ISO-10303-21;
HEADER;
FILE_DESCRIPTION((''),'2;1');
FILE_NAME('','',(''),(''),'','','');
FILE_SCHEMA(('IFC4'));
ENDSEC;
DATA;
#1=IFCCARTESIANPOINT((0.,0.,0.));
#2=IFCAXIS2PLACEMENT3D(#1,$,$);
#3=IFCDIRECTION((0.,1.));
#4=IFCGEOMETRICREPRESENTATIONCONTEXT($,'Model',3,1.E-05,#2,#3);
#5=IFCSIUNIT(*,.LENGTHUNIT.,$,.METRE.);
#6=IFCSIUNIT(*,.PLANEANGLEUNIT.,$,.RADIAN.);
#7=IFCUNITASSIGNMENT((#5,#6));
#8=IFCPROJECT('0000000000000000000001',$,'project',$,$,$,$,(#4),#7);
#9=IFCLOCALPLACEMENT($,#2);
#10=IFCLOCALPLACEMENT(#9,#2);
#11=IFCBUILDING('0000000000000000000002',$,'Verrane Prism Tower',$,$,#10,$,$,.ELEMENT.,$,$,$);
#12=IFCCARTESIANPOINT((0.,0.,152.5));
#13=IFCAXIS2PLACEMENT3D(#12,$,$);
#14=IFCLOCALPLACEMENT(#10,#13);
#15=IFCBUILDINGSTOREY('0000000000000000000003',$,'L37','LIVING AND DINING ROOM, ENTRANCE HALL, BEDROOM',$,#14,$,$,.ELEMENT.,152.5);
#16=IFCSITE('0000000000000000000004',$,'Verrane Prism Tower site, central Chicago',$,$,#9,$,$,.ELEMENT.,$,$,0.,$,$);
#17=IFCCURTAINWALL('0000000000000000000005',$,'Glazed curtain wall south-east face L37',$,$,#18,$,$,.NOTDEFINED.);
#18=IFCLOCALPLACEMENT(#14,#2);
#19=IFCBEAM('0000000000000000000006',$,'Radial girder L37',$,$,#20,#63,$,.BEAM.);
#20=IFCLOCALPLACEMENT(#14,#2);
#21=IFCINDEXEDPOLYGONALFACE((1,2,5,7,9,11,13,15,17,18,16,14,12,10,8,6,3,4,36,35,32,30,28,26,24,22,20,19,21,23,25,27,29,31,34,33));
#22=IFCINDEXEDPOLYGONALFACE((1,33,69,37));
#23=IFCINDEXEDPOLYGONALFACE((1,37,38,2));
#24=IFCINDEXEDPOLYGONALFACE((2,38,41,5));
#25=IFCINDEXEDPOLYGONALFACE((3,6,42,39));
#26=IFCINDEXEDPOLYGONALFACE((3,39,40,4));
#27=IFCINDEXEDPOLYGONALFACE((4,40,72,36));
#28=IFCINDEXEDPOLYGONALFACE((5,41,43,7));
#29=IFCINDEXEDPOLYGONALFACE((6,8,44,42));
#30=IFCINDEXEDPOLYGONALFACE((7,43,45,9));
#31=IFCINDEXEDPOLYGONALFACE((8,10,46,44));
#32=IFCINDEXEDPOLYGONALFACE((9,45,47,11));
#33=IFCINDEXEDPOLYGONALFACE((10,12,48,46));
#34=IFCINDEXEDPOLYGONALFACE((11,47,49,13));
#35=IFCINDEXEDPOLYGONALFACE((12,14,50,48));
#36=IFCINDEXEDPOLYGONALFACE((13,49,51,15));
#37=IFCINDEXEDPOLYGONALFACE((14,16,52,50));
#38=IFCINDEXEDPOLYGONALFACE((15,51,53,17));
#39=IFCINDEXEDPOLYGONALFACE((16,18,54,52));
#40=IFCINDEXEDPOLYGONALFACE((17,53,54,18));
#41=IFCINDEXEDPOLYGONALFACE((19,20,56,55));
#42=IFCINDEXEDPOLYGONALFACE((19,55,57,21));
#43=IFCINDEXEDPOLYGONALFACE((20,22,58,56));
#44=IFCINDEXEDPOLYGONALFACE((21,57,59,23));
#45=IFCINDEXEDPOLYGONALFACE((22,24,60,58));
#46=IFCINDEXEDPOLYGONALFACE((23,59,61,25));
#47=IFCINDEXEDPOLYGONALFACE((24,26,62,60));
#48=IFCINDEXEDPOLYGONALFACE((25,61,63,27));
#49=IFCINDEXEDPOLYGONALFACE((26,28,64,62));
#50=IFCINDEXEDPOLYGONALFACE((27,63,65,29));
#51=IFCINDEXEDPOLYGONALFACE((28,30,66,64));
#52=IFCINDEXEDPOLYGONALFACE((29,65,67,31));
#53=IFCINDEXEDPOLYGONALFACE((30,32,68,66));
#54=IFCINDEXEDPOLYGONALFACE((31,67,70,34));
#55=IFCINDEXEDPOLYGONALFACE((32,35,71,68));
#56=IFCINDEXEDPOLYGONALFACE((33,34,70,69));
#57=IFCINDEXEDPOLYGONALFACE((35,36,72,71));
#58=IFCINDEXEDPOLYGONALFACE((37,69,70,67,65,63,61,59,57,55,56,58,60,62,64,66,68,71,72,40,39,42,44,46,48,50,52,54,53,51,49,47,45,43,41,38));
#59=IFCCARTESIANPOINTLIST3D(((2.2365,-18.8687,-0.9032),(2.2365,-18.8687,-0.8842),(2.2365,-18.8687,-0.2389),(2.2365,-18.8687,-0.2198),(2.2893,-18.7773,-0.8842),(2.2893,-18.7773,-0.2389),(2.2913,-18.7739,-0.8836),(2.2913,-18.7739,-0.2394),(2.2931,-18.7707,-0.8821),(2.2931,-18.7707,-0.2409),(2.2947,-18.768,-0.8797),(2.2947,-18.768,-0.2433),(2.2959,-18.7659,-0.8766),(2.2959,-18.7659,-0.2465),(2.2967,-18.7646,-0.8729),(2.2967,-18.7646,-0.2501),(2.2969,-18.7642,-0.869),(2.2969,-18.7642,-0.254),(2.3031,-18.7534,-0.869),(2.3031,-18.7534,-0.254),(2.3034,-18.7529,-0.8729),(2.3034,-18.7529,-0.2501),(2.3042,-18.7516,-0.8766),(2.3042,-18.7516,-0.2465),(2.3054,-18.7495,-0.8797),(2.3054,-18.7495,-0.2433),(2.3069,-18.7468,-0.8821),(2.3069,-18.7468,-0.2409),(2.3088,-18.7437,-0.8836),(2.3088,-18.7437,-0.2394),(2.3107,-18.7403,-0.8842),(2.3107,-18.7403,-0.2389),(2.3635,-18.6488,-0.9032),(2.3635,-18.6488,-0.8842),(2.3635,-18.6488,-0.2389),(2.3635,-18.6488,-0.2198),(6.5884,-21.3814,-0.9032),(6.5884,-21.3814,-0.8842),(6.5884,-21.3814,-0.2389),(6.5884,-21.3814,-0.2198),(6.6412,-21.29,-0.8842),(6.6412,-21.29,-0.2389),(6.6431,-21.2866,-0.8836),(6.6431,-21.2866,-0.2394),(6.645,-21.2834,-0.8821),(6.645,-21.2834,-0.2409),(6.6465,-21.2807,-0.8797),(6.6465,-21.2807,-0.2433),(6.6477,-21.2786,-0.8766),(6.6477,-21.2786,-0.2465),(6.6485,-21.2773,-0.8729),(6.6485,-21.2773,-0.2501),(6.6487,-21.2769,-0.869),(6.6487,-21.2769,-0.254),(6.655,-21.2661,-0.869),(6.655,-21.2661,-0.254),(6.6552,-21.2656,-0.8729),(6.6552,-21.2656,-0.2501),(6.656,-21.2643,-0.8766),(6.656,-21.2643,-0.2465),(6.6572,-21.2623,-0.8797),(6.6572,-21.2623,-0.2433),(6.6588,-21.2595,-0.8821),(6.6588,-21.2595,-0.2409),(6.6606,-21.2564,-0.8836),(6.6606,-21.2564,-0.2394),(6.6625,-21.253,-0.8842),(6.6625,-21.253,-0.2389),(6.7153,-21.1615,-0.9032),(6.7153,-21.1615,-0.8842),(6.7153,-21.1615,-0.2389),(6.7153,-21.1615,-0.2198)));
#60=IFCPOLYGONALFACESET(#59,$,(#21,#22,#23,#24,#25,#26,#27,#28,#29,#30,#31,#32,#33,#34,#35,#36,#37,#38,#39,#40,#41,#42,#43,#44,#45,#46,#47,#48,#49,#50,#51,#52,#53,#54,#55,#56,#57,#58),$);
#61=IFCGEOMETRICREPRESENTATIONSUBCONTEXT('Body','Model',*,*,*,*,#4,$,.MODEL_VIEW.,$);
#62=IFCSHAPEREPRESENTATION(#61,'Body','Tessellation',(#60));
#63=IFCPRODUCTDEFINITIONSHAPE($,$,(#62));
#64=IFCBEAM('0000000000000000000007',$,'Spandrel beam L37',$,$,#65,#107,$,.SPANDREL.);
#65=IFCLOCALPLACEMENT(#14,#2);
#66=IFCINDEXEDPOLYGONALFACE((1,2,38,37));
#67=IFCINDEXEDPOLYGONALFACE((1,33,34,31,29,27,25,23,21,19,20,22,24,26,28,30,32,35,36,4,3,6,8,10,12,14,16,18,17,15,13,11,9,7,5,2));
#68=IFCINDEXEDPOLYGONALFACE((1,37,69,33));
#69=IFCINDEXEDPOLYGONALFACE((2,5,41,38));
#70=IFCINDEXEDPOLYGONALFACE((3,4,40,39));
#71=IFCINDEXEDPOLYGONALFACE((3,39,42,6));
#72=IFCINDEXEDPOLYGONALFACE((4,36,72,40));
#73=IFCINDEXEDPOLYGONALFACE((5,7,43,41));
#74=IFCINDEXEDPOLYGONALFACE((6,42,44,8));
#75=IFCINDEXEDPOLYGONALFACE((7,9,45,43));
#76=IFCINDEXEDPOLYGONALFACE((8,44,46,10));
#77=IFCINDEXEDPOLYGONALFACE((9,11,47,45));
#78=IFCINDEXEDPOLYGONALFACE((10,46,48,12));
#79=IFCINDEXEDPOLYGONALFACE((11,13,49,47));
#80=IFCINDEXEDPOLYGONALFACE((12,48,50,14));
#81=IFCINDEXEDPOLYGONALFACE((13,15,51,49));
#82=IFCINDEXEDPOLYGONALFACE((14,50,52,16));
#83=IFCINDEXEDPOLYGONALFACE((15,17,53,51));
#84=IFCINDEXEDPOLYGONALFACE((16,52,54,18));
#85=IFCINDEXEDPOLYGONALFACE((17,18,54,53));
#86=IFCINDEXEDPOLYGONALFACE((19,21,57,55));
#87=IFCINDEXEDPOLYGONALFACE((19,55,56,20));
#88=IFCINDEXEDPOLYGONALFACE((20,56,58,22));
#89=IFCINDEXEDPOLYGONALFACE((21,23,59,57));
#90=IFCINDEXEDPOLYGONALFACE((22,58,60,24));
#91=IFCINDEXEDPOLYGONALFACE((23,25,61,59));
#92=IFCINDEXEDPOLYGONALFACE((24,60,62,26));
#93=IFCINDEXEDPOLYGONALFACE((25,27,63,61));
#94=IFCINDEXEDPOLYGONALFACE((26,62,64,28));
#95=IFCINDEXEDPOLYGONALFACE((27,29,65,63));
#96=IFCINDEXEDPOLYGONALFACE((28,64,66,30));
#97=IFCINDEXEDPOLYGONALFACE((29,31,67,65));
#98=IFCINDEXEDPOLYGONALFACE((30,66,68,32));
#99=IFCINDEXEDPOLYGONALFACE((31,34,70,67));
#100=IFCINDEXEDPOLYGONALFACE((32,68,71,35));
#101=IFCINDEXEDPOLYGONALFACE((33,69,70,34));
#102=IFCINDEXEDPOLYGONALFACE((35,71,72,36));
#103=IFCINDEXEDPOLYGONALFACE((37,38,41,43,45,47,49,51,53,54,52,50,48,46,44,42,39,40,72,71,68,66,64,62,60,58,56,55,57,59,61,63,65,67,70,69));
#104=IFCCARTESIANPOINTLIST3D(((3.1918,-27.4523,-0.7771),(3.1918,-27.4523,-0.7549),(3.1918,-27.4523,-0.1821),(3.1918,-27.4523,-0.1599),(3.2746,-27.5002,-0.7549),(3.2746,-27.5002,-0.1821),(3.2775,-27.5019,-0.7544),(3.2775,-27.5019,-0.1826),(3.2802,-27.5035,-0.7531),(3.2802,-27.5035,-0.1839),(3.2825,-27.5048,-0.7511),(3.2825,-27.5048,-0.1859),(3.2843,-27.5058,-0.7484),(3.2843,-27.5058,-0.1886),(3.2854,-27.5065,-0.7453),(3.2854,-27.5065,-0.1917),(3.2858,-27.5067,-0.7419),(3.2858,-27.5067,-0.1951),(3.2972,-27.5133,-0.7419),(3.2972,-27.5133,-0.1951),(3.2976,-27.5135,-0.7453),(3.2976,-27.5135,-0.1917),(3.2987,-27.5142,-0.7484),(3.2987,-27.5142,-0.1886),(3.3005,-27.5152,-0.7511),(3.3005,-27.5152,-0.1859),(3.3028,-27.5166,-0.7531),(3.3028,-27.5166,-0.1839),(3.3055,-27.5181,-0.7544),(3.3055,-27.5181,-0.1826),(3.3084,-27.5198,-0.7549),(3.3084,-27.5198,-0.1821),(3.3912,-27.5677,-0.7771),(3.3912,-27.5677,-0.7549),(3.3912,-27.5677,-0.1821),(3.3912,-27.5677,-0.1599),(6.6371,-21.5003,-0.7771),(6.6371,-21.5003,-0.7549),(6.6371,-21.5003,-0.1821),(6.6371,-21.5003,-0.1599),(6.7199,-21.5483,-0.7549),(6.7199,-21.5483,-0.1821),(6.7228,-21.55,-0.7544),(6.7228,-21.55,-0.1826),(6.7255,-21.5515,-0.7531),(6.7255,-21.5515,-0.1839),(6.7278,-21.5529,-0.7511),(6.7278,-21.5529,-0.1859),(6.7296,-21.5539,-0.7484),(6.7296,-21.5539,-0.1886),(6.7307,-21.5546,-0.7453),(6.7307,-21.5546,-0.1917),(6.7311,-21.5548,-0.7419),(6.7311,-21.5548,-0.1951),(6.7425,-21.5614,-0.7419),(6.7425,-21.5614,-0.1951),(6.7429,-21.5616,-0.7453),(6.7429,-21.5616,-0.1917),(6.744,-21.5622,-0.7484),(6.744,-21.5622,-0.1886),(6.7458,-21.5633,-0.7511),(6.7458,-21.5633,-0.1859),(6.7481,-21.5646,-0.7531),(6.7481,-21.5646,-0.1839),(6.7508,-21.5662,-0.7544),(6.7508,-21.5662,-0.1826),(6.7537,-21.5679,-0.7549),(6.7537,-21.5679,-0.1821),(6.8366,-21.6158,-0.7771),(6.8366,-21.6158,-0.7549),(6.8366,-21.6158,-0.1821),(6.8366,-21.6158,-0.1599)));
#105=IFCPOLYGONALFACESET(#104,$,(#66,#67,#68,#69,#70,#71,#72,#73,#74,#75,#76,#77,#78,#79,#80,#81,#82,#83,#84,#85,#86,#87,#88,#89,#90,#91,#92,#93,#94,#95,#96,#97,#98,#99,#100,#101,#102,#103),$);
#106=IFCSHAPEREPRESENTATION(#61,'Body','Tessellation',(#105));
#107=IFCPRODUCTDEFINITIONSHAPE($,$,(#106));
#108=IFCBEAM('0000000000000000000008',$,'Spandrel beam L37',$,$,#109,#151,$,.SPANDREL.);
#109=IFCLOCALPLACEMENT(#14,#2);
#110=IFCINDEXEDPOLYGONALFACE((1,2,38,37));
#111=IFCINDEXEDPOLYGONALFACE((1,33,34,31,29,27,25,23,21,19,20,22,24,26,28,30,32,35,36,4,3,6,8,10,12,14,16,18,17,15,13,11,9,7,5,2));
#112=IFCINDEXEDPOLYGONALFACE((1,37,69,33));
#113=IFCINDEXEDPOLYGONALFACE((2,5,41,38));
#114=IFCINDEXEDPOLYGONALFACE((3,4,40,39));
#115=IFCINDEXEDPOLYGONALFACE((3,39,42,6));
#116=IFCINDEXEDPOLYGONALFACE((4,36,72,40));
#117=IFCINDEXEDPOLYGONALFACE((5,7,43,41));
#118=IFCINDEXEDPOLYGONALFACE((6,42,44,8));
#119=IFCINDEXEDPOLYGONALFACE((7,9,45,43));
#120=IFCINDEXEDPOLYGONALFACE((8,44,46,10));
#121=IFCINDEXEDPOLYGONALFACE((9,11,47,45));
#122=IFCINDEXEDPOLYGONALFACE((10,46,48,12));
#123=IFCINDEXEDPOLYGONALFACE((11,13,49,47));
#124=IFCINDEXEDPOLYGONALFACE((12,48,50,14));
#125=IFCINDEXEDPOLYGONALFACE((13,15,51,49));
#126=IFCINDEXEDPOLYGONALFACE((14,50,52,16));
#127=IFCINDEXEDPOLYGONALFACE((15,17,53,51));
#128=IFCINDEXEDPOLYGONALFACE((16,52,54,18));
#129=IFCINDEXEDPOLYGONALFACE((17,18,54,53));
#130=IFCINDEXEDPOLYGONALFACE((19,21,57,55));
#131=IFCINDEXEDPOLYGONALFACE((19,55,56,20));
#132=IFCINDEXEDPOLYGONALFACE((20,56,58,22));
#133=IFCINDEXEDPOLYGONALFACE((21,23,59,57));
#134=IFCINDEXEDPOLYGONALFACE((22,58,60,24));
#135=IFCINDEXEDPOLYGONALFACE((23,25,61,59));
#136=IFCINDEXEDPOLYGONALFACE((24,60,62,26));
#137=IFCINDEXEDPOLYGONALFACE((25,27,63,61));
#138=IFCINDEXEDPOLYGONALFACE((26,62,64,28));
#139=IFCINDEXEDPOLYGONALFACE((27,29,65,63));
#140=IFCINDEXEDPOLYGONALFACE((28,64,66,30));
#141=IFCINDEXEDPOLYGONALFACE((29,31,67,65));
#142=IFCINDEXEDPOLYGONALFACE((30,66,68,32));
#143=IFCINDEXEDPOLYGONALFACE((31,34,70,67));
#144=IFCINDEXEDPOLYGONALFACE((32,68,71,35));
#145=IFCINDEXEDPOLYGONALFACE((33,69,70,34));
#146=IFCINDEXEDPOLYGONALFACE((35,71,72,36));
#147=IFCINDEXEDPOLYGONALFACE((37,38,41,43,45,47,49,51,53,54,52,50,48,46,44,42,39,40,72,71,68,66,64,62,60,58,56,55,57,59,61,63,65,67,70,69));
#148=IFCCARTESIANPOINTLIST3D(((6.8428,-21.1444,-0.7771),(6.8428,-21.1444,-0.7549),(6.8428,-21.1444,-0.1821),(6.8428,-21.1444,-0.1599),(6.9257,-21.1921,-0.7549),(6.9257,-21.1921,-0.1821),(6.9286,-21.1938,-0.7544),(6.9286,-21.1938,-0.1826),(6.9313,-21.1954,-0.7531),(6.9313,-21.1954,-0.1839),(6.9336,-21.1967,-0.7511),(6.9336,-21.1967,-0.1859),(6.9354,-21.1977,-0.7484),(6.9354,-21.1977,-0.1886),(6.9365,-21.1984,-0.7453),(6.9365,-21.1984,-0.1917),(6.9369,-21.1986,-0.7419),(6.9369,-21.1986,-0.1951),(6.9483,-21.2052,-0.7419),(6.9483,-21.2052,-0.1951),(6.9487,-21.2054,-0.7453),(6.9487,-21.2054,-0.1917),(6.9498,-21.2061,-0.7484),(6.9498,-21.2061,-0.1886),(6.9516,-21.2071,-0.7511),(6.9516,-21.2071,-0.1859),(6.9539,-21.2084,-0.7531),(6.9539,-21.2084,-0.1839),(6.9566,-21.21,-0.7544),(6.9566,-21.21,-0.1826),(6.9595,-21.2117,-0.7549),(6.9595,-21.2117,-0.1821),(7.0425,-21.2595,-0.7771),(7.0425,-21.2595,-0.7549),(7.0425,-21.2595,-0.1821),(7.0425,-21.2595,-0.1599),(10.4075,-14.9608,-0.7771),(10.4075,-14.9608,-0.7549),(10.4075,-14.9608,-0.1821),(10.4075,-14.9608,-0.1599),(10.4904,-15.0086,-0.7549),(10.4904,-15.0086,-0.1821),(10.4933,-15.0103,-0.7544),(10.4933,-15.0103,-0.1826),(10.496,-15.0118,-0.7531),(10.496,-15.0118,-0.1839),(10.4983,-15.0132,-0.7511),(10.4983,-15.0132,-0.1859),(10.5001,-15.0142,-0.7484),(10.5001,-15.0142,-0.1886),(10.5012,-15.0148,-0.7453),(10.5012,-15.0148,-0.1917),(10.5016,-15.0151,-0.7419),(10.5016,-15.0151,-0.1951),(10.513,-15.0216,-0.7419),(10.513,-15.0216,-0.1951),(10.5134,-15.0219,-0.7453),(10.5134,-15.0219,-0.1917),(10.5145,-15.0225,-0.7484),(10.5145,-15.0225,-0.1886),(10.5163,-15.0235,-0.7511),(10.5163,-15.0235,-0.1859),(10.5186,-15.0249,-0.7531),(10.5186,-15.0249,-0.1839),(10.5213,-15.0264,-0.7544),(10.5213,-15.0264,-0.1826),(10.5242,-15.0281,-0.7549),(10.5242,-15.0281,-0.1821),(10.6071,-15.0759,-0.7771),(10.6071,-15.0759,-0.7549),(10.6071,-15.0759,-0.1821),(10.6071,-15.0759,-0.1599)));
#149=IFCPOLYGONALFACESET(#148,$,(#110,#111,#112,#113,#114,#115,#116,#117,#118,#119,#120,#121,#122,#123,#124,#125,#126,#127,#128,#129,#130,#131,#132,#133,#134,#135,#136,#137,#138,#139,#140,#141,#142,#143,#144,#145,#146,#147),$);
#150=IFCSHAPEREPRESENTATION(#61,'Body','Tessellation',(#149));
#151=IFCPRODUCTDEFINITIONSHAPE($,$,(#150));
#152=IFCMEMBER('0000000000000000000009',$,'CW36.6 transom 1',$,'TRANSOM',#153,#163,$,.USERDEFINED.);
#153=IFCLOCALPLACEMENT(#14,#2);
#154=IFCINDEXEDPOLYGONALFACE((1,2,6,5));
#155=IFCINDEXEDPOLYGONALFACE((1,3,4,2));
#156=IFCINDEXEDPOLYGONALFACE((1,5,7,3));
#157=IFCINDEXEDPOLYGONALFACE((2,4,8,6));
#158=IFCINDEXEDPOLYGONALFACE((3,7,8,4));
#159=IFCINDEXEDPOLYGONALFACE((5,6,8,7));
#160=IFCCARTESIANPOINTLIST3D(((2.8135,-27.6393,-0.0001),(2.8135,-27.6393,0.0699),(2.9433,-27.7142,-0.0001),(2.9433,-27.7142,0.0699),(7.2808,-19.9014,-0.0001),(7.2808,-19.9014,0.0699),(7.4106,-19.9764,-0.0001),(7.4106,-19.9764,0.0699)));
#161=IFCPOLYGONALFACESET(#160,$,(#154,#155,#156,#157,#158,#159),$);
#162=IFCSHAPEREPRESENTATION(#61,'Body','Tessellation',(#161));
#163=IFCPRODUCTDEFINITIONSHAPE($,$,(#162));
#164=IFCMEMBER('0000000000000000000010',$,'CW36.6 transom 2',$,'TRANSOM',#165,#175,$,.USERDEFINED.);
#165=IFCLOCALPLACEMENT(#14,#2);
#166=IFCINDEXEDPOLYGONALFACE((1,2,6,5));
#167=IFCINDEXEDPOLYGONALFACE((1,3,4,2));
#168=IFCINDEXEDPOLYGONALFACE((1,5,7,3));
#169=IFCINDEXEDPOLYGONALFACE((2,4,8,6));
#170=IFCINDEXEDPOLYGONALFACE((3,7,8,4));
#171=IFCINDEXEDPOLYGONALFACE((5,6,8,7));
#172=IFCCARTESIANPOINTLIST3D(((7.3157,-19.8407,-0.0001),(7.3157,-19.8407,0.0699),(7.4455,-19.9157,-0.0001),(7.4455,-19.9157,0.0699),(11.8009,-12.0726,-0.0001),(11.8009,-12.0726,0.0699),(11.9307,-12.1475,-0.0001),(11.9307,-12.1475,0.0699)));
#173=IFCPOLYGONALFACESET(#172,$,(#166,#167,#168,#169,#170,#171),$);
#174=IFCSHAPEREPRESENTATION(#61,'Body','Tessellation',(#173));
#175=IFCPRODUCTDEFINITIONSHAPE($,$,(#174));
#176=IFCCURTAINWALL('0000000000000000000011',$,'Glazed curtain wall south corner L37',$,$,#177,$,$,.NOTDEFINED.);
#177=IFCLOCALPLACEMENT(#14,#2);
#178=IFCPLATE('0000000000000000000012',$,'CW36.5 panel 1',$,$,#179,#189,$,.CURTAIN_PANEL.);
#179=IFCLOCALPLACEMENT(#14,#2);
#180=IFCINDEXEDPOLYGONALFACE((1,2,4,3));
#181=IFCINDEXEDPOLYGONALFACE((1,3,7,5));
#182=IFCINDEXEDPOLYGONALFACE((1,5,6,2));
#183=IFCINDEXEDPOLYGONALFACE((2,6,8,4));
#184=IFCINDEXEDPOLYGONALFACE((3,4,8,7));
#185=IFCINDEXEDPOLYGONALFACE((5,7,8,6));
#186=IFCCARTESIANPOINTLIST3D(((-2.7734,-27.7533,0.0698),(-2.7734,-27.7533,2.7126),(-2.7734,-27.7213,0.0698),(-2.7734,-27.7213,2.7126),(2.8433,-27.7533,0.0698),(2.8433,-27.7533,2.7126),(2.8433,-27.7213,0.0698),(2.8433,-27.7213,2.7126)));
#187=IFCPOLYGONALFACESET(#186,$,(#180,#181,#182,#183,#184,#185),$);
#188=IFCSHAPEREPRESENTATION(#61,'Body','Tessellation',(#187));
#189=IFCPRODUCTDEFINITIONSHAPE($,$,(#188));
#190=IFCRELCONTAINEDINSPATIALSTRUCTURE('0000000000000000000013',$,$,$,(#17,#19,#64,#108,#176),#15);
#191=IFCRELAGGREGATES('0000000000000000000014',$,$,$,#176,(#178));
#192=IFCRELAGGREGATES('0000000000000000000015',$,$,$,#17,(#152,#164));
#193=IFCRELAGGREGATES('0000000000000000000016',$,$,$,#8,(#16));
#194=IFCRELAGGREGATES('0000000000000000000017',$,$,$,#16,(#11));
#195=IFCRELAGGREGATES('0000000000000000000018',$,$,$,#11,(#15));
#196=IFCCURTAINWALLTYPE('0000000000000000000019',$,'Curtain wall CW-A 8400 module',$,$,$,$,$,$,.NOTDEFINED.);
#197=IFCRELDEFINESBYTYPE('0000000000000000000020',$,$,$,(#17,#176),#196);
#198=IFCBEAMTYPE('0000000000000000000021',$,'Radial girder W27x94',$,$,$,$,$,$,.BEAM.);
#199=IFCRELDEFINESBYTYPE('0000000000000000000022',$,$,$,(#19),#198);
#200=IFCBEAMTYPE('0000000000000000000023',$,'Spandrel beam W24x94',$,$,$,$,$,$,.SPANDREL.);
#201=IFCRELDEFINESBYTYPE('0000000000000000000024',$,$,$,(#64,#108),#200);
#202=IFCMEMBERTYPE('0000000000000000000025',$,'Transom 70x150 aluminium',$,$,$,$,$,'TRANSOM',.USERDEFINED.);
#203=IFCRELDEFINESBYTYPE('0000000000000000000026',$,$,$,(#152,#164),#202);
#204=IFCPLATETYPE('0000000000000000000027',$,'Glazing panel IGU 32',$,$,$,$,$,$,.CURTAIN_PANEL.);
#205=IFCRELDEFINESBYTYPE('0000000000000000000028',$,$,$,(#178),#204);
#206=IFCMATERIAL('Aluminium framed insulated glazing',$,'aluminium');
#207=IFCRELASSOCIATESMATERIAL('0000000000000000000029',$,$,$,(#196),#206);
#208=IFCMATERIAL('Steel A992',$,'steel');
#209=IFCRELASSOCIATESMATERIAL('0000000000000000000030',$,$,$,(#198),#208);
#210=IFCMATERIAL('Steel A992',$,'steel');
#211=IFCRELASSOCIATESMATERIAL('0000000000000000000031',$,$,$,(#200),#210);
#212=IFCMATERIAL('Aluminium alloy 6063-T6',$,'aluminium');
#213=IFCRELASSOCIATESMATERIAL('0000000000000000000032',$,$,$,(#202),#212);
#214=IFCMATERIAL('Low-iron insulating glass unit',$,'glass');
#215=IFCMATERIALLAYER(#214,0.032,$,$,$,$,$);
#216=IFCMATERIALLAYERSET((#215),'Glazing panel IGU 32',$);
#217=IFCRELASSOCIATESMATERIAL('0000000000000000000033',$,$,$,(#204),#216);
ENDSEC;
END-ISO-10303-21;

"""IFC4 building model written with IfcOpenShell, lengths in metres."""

from ifc_helpers import new_model, si_unit, direction, frame, origin, origin_2d, place, context, subcontext, project, spatial, rectangle, i_section, extrude, material, layer, layer_set, material_profile, profile_set, type_object, element, aggregate, save


model = new_model("IFC4")

# Units and contexts
model_context = context("Model", 3, precision=1e-05, world=origin(), true_north=direction((0.0, 1.0)))
body_context = subcontext(model_context, "Body", "Model", "MODEL_VIEW")
ifc_project = project(units=[si_unit("LENGTHUNIT", "METRE"), si_unit("PLANEANGLEUNIT", "RADIAN")], contexts=[model_context])

# Site, building, storey
site_placement = place(None, origin())
site = spatial("IfcSite", under=ifc_project, at=site_placement, Name="Verrane Prism Tower site, central Chicago", CompositionType="ELEMENT", RefElevation=0.0)
building_placement = place(site_placement, origin())
building = spatial("IfcBuilding", under=site, at=building_placement, Name="Verrane Prism Tower", CompositionType="ELEMENT")
storey_placement = place(building_placement, frame((0.0, 0.0, 152.5)))
storey = spatial("IfcBuildingStorey", under=building, at=storey_placement, Name="L37", Description="LIVING AND DINING ROOM, ENTRANCE HALL, BEDROOM", CompositionType="ELEMENT", Elevation=152.5)

# Curtain wall
ifc_material_1 = material(Name="Aluminium framed insulated glazing", Category="aluminium")
curtain_wall_type = type_object("IfcCurtainWallType", Name="Curtain wall CW-A 8400 module", PredefinedType="NOTDEFINED", material=ifc_material_1)
curtain_wall_1_placement = place(storey_placement, origin())
curtain_wall_1 = element("IfcCurtainWall", 1, at=curtain_wall_1_placement, inside=storey, type_object=curtain_wall_type, Name="Glazed curtain wall south-east face L37", PredefinedType="NOTDEFINED")

# Beams
ifc_material_2 = material(Name="Steel A992", Category="steel")
ifc_material_profile_1 = material_profile(ifc_material_2, i_section(OverallWidth=0.2539, OverallDepth=0.6833, WebThickness=0.0125, FlangeThickness=0.019, FilletRadius=0.0151, at=origin_2d()), Name="W27x94")
ifc_profile_set_1 = profile_set([ifc_material_profile_1], Name="Steel A992")
beam_type_1 = type_object("IfcBeamType", Name="Radial girder W27x94", PredefinedType="BEAM", material=ifc_profile_set_1)
beam_1_placement = place(storey_placement, frame((6.6519, -21.2715, -0.5615), z_axis=(-0.86601, 0.500027, 0.0), x_axis=(-0.500027, -0.86601, 0.0)))
element("IfcBeam", 2, at=beam_1_placement, inside=storey, type_object=beam_type_1, Name="Radial girder L37", PredefinedType="BEAM", context=body_context, shape_type="SweptSolid", body=[
    extrude(i_section(OverallWidth=0.2539, OverallDepth=0.6833, WebThickness=0.0125, FlangeThickness=0.019, FilletRadius=0.0151, at=origin_2d()), origin(), (0.0, 0.0, 1.0), 5.0251),
])
ifc_material_3 = material(Name="Steel A992", Category="steel")
ifc_material_profile_2 = material_profile(ifc_material_3, i_section(OverallWidth=0.2305, OverallDepth=0.6172, WebThickness=0.0132, FlangeThickness=0.0222, FilletRadius=0.0129, at=origin_2d()), Name="W24x94")
ifc_profile_set_2 = profile_set([ifc_material_profile_2], Name="Steel A992")
beam_type_2 = type_object("IfcBeamType", Name="Spandrel beam W24x94", PredefinedType="SPANDREL", material=ifc_profile_set_2)
beam_2_placement = place(storey_placement, frame((3.2915, -27.51, -0.4685), z_axis=(0.500979, 0.86546, 0.0), x_axis=(-0.86546, 0.500979, 0.0)))
element("IfcBeam", 3, at=beam_2_placement, inside=storey, type_object=beam_type_2, Name="Spandrel beam L37", PredefinedType="SPANDREL", context=body_context, shape_type="SweptSolid", body=[
    extrude(i_section(OverallWidth=0.2305, OverallDepth=0.6172, WebThickness=0.0132, FlangeThickness=0.0222, FilletRadius=0.0129, at=origin_2d()), origin(), (0.0, 0.0, 1.0), 6.8772),
])
beam_3_placement = place(storey_placement, frame((6.9426, -21.2019, -0.4685), z_axis=(0.499432, 0.866353, 0.0), x_axis=(-0.866353, 0.499432, 0.0)))
element("IfcBeam", 4, at=beam_3_placement, inside=storey, type_object=beam_type_2, Name="Spandrel beam L37", PredefinedType="SPANDREL", context=body_context, shape_type="SweptSolid", body=[
    extrude(i_section(OverallWidth=0.2305, OverallDepth=0.6172, WebThickness=0.0132, FlangeThickness=0.0222, FilletRadius=0.0129, at=origin_2d()), origin(), (0.0, 0.0, 1.0), 7.1375),
])

# Members
ifc_material_4 = material(Name="Aluminium alloy 6063-T6", Category="aluminium")
ifc_material_profile_3 = material_profile(ifc_material_4, rectangle(XDim=0.1499, YDim=0.0701, at=origin_2d()), Name="Transom 70x150 aluminium")
ifc_profile_set_3 = profile_set([ifc_material_profile_3], Name="Aluminium alloy 6063-T6")
member_type_1 = type_object("IfcMemberType", Name="Transom 70x150 aluminium", ElementType="TRANSOM", PredefinedType="USERDEFINED", material=ifc_profile_set_3)
member_1_placement = place(storey_placement, frame((2.8784, -27.6768, 0.0349), z_axis=(0.499989, 0.866032, 0.0), x_axis=(-0.866032, 0.499989, 0.0)))
member_1 = element("IfcMember", 5, at=member_1_placement, type_object=member_type_1, Name="CW36.6 transom 1", ObjectType="TRANSOM", PredefinedType="USERDEFINED", context=body_context, shape_type="SweptSolid", body=[
    extrude(rectangle(XDim=0.1499, YDim=0.0701, at=origin_2d()), origin(), (0.0, 0.0, 1.0), 8.9348),
])
member_2_placement = place(storey_placement, frame((7.3806, -19.8782, 0.0349), z_axis=(0.500018, 0.866015, 0.0), x_axis=(-0.866015, 0.500018, 0.0)))
member_2 = element("IfcMember", 6, at=member_2_placement, type_object=member_type_1, Name="CW36.6 transom 2", ObjectType="TRANSOM", PredefinedType="USERDEFINED", context=body_context, shape_type="SweptSolid", body=[
    extrude(rectangle(XDim=0.1499, YDim=0.0701, at=origin_2d()), origin(), (0.0, 0.0, 1.0), 8.97),
])

# Curtain wall, plate
curtain_wall_2_placement = place(storey_placement, origin())
curtain_wall_2 = element("IfcCurtainWall", 7, at=curtain_wall_2_placement, inside=storey, type_object=curtain_wall_type, Name="Glazed curtain wall south corner L37", PredefinedType="NOTDEFINED")
ifc_material_5 = material(Name="Low-iron insulating glass unit", Category="glass")
ifc_layer_1 = layer(ifc_material_5, 0.032)
ifc_layer_set_1 = layer_set([ifc_layer_1], Name="Glazing panel IGU 32")
plate_type = type_object("IfcPlateType", Name="Glazing panel IGU 32", PredefinedType="CURTAIN_PANEL", material=ifc_layer_set_1)
plate_1_placement = place(storey_placement, frame((0.0349, -27.7373, 0.0698), z_axis=(0.0, 0.0, 1.0), x_axis=(1.0, 0.0, 0.0)))
plate_1 = element("IfcPlate", 8, at=plate_1_placement, type_object=plate_type, Name="CW36.5 panel 1", PredefinedType="CURTAIN_PANEL", context=body_context, shape_type="SweptSolid", body=[
    extrude(rectangle(XDim=5.6167, YDim=0.032, at=origin_2d()), origin(), (0.0, 0.0, 1.0), 2.6428),
])
aggregate(curtain_wall_2, [plate_1])

aggregate(curtain_wall_1, [member_1, member_2])

save(model, "model.ifc")
